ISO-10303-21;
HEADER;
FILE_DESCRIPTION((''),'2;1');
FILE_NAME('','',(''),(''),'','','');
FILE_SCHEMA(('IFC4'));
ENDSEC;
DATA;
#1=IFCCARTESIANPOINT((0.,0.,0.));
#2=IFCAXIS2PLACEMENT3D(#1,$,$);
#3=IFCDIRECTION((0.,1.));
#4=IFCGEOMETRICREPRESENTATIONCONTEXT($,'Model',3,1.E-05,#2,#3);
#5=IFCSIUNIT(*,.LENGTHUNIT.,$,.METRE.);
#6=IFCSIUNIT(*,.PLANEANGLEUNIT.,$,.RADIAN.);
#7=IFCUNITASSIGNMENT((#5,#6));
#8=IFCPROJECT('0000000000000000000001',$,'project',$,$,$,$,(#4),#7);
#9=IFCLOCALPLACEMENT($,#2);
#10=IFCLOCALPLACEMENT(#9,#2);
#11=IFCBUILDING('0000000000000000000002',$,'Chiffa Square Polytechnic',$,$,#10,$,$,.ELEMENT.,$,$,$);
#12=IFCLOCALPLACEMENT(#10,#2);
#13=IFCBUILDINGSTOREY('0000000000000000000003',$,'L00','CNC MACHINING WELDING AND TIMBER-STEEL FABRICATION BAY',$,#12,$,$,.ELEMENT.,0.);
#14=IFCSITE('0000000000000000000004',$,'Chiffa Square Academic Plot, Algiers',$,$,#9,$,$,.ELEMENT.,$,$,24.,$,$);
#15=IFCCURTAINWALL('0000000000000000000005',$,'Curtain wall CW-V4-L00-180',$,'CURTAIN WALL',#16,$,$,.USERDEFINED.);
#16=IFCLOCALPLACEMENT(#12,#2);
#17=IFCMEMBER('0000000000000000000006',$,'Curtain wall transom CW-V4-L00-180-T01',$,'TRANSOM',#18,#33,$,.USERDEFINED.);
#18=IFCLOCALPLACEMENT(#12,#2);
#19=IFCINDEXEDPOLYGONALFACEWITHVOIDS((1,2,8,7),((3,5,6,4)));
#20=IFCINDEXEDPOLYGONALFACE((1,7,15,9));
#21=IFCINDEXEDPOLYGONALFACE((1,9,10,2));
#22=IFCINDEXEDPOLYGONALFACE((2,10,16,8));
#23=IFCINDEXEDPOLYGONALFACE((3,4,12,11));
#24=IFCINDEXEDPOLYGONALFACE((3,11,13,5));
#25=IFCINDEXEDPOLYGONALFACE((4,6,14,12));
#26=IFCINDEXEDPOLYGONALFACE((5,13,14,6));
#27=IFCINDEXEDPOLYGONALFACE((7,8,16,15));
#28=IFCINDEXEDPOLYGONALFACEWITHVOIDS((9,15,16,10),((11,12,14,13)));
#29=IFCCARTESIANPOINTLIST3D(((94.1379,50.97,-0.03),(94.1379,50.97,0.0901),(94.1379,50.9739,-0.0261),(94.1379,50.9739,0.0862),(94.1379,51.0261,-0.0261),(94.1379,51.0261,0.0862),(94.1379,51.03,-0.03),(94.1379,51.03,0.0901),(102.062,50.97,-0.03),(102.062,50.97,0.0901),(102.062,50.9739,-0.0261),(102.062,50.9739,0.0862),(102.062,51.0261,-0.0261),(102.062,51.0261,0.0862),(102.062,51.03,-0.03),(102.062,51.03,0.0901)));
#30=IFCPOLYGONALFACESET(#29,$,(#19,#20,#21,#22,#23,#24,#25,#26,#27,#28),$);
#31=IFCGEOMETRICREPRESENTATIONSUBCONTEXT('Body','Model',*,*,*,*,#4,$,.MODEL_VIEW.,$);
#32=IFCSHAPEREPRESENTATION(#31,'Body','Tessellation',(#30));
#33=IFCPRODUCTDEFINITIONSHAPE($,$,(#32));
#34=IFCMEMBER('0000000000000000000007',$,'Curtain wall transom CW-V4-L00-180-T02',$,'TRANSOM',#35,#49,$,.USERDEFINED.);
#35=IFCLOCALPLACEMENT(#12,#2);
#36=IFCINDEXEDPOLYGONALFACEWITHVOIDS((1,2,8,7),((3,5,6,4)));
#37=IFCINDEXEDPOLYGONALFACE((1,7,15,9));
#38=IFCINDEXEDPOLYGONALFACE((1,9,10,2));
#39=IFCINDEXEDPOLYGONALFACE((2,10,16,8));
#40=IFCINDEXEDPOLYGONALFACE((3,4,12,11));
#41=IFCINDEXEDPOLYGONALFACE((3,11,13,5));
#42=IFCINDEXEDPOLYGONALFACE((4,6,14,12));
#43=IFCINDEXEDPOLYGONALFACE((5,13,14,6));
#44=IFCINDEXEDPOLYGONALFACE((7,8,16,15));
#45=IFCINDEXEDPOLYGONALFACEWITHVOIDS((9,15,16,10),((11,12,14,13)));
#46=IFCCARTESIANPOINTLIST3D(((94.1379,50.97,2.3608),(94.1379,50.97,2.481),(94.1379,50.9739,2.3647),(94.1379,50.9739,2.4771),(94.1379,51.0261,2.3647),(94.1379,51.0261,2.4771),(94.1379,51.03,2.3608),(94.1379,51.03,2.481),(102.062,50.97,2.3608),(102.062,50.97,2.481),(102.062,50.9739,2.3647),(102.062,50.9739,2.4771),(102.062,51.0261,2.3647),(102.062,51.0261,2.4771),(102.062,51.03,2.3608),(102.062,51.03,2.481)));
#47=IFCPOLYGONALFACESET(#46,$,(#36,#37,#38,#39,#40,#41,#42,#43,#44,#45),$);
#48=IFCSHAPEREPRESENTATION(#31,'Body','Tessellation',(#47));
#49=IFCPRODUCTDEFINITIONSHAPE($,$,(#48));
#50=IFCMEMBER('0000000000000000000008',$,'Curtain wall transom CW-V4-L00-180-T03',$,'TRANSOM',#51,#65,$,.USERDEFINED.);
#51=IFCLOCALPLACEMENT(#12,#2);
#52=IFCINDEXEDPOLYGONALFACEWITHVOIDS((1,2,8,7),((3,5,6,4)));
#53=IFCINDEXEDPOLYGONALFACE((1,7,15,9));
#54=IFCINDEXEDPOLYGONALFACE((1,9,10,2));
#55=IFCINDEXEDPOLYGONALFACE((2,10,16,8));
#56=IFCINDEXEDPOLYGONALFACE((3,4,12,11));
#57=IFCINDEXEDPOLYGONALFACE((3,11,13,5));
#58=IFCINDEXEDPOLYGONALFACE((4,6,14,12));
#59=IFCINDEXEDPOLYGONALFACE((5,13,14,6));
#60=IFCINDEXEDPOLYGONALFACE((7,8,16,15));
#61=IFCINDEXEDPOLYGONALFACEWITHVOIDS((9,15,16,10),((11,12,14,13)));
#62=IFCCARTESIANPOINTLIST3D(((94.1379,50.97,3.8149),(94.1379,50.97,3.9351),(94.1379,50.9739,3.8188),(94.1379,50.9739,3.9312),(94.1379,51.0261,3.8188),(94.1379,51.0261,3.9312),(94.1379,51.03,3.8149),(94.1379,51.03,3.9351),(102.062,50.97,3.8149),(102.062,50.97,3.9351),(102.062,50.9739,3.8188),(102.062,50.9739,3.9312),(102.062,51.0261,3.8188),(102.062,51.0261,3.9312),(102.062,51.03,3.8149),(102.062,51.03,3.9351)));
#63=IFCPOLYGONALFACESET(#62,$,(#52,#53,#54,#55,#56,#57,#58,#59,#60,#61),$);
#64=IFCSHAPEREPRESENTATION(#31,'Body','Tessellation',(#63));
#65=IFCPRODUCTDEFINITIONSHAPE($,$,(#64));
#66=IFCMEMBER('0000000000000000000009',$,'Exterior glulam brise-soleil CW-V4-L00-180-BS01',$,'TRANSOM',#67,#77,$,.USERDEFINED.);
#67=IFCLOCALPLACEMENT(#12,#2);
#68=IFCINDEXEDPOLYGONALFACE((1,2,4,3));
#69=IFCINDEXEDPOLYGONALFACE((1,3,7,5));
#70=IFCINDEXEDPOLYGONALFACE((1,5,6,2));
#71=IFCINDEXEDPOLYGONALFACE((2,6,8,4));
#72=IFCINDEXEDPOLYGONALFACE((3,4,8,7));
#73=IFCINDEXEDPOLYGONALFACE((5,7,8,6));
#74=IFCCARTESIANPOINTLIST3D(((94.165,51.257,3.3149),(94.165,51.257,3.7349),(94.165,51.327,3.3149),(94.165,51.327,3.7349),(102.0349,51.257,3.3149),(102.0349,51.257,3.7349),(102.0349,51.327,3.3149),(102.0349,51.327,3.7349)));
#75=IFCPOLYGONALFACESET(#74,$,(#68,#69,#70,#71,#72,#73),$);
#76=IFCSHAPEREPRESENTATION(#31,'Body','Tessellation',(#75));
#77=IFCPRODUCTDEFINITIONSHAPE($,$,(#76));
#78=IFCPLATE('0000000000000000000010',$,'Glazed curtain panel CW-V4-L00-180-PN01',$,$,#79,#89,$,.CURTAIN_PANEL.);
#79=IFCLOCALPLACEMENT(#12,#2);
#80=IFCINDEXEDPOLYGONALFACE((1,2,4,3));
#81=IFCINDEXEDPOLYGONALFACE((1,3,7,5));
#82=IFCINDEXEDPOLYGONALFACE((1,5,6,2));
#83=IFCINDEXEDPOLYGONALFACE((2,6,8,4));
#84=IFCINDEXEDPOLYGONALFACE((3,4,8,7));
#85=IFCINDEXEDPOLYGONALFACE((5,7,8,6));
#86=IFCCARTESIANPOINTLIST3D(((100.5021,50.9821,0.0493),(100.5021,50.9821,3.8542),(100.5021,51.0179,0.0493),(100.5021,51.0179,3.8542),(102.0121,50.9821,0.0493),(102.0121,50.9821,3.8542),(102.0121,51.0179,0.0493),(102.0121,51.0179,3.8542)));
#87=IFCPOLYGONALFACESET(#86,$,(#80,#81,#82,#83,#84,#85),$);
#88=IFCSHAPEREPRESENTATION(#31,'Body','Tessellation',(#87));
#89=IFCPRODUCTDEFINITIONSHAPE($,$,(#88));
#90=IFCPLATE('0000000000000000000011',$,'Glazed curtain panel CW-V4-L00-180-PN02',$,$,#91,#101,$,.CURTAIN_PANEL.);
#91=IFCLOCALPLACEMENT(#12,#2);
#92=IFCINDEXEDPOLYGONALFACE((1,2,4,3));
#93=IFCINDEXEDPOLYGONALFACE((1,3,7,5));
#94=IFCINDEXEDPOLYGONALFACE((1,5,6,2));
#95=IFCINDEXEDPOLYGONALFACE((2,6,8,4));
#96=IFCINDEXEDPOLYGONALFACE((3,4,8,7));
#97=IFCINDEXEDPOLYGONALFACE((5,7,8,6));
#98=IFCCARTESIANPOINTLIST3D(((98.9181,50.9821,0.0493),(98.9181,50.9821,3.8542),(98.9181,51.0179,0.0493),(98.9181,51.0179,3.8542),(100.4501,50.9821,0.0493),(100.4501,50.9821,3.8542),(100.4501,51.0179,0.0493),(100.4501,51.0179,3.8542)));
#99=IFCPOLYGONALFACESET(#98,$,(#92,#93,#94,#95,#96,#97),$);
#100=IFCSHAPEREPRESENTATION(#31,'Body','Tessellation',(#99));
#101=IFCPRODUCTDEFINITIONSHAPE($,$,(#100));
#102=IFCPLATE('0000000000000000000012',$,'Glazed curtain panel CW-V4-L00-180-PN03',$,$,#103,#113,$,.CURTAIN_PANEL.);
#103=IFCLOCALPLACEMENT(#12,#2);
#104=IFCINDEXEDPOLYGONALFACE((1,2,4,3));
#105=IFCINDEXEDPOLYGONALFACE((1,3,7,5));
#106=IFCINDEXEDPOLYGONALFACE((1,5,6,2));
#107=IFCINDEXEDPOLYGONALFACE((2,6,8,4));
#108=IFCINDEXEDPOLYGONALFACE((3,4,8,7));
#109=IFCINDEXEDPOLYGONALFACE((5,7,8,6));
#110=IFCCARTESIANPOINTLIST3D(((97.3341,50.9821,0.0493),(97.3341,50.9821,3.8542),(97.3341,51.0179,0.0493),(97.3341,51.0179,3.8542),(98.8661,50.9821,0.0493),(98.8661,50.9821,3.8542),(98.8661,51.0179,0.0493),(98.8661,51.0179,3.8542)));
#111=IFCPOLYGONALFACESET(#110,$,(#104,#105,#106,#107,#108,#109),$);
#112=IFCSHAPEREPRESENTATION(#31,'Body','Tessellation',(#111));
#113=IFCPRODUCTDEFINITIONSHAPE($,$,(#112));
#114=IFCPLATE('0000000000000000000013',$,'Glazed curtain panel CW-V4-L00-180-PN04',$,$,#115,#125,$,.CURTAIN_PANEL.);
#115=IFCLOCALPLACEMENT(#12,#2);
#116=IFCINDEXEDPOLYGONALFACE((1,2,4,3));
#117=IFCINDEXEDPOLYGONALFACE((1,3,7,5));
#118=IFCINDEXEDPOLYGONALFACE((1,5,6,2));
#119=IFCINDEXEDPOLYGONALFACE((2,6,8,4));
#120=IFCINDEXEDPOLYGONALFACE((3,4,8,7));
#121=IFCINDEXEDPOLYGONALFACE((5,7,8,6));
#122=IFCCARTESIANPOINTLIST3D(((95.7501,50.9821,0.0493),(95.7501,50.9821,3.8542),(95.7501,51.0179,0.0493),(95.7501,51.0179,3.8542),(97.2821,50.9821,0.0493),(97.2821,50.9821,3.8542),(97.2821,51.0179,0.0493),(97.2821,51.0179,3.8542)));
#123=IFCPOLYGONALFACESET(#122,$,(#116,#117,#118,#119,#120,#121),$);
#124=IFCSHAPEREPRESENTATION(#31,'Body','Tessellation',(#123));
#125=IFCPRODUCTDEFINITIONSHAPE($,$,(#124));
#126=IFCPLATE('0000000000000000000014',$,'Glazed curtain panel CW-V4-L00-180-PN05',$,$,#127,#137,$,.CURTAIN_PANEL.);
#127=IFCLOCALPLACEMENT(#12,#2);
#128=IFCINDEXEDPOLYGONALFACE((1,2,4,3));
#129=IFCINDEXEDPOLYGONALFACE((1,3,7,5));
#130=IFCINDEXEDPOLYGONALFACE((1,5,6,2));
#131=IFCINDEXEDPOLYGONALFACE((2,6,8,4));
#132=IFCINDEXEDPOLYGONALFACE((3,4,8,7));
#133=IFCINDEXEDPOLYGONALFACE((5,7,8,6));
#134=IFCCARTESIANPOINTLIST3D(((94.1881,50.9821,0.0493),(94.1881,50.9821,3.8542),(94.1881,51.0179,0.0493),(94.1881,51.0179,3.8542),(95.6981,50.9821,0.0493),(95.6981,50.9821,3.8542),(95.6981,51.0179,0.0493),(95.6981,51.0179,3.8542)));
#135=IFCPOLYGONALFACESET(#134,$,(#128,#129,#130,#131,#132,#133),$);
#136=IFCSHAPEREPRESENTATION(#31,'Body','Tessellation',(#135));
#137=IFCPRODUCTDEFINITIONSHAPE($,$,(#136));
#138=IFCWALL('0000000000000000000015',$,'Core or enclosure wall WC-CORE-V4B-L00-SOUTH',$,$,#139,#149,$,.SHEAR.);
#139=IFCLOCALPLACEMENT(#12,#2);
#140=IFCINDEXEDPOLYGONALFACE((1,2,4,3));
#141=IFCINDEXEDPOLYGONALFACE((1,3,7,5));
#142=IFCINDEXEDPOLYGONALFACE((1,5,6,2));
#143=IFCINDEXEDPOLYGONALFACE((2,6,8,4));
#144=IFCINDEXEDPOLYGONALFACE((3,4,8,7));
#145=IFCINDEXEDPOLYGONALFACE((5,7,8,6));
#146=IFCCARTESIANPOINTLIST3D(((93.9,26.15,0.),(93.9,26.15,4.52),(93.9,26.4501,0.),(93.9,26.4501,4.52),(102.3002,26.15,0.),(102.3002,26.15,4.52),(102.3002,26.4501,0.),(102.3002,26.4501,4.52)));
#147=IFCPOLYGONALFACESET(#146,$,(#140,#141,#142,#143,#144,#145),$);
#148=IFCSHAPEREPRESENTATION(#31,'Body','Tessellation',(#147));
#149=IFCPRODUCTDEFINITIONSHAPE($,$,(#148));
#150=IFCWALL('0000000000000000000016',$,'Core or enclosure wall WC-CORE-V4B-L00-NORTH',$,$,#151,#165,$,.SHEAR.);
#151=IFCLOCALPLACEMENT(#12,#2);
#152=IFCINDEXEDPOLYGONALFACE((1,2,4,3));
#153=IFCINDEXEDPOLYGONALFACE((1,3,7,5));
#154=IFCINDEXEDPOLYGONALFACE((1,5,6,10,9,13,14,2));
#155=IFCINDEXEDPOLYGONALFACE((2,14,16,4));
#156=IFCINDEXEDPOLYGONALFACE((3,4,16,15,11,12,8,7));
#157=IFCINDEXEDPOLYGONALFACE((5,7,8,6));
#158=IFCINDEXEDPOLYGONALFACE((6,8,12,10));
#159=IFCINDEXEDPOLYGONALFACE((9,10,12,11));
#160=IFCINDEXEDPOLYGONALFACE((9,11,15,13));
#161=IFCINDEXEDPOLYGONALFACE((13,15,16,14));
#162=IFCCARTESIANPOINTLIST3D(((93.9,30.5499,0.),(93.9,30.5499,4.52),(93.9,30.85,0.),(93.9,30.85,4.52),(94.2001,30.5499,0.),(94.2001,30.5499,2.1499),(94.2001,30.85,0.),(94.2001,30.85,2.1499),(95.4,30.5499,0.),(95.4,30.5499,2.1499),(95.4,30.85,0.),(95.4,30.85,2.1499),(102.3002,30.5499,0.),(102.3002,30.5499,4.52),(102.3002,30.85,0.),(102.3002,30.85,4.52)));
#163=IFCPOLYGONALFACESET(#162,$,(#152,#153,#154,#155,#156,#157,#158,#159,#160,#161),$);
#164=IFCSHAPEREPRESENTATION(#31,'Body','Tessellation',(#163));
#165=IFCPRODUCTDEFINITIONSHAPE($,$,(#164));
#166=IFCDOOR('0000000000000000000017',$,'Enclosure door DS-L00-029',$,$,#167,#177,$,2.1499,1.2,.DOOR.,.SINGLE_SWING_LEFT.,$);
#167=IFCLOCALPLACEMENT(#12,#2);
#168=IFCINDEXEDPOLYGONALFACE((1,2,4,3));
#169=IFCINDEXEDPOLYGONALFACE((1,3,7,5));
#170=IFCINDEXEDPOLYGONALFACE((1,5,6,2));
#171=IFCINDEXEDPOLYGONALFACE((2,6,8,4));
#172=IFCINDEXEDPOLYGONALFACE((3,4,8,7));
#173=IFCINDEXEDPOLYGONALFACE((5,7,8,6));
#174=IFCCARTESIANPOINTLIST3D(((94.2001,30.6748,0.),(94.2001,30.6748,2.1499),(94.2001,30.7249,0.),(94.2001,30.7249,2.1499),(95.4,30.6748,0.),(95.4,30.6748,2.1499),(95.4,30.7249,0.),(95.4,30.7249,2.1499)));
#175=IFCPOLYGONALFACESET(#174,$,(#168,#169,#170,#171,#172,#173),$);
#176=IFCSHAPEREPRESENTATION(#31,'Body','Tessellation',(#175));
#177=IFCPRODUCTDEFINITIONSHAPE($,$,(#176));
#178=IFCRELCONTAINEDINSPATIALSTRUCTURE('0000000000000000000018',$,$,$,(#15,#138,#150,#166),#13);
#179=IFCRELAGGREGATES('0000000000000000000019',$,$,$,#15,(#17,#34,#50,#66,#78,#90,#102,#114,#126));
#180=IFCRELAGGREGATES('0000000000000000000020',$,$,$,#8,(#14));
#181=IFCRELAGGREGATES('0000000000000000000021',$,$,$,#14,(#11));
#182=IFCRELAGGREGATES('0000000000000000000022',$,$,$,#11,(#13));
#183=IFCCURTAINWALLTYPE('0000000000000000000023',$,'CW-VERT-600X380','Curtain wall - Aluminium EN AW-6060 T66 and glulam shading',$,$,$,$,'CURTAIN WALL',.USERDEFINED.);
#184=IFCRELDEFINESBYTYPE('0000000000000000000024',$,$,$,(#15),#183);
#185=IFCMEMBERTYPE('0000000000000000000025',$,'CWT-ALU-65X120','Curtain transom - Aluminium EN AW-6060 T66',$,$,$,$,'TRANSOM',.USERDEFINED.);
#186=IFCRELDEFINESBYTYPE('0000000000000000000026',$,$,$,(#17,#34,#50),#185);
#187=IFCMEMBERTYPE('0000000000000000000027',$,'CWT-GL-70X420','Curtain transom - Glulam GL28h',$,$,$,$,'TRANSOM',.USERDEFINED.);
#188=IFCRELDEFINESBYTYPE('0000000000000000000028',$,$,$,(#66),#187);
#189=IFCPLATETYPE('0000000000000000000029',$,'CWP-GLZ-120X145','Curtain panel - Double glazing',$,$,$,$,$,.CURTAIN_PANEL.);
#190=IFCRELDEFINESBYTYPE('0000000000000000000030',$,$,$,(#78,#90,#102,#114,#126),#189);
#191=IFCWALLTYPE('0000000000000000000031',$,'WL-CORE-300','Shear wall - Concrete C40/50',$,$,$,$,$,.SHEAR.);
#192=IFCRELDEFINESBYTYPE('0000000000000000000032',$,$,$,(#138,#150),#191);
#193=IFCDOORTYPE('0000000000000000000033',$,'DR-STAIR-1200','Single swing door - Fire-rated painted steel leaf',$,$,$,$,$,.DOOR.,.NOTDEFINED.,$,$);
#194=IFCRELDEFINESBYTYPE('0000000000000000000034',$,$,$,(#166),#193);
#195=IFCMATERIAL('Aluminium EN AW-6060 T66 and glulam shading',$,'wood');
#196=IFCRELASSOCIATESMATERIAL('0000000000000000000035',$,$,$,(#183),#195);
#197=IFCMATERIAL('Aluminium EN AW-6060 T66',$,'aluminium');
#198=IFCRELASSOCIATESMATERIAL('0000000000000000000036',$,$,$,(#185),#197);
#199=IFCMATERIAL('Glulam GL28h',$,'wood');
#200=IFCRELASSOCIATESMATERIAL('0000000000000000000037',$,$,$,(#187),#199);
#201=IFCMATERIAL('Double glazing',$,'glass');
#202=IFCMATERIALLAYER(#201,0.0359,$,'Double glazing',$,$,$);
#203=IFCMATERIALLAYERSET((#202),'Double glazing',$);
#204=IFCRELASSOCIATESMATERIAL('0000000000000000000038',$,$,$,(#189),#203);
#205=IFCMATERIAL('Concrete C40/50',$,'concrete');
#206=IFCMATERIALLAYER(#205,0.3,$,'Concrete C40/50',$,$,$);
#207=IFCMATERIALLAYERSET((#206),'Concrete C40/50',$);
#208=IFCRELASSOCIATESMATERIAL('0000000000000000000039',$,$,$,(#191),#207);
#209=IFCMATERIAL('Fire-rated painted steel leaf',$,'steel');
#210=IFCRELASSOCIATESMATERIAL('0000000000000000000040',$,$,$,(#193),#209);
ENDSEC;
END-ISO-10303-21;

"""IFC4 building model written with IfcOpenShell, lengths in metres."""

from ifc_helpers import new_model, si_unit, direction, frame, frame_2d, origin, origin_2d, place, context, subcontext, project, spatial, rectangle, hollow_rectangle, extrude, material, layer, layer_set, material_profile, profile_set, type_object, element, fill, aggregate, save


model = new_model("IFC4")

# Units and contexts
model_context = context("Model", 3, precision=1e-05, world=origin(), true_north=direction((0.0, 1.0)))
body_context = subcontext(model_context, "Body", "Model", "MODEL_VIEW")
ifc_project = project(units=[si_unit("LENGTHUNIT", "METRE"), si_unit("PLANEANGLEUNIT", "RADIAN")], contexts=[model_context])

# Site, building, storey
site_placement = place(None, origin())
site = spatial("IfcSite", under=ifc_project, at=site_placement, Name="Chiffa Square Academic Plot, Algiers", CompositionType="ELEMENT", RefElevation=24.0)
building_placement = place(site_placement, origin())
building = spatial("IfcBuilding", under=site, at=building_placement, Name="Chiffa Square Polytechnic", CompositionType="ELEMENT")
storey_placement = place(building_placement, origin())
storey = spatial("IfcBuildingStorey", under=building, at=storey_placement, Name="L00", Description="CNC MACHINING WELDING AND TIMBER-STEEL FABRICATION BAY", CompositionType="ELEMENT", Elevation=0.0)

# Curtain wall, members, plates
ifc_material_1 = material(Name="Aluminium EN AW-6060 T66 and glulam shading", Category="wood")
curtain_wall_type = type_object("IfcCurtainWallType", Name="CW-VERT-600X380", Description="Curtain wall - Aluminium EN AW-6060 T66 and glulam shading", ElementType="CURTAIN WALL", PredefinedType="USERDEFINED", material=ifc_material_1)
curtain_wall_placement = place(storey_placement, origin())
curtain_wall = element("IfcCurtainWall", 1, at=curtain_wall_placement, inside=storey, type_object=curtain_wall_type, Name="Curtain wall CW-V4-L00-180", ObjectType="CURTAIN WALL", PredefinedType="USERDEFINED")
ifc_material_2 = material(Name="Aluminium EN AW-6060 T66", Category="aluminium")
ifc_material_3 = material(Name="Glulam GL28h", Category="wood")
ifc_material_profile_1 = material_profile(ifc_material_2, hollow_rectangle(XDim=0.0601, YDim=0.1201, WallThickness=0.0039, at=origin_2d()), Name="ALU 60x120x4")
ifc_profile_set_1 = profile_set([ifc_material_profile_1], Name="Aluminium EN AW-6060 T66")
member_type_1 = type_object("IfcMemberType", Name="CWT-ALU-65X120", Description="Curtain transom - Aluminium EN AW-6060 T66", ElementType="TRANSOM", PredefinedType="USERDEFINED", material=ifc_profile_set_1)
member_1_placement = place(storey_placement, frame((102.062, 51.0, 0.03), z_axis=(-1.0, 0.0, 0.0), x_axis=(0.0, -1.0, 0.0)))
member_1 = element("IfcMember", 2, at=member_1_placement, type_object=member_type_1, Name="Curtain wall transom CW-V4-L00-180-T01", ObjectType="TRANSOM", PredefinedType="USERDEFINED", context=body_context, shape_type="SweptSolid", body=[
    extrude(hollow_rectangle(XDim=0.0601, YDim=0.1201, WallThickness=0.0039, at=origin_2d()), origin(), (0.0, 0.0, 1.0), 7.9241),
])
member_2_placement = place(storey_placement, frame((102.062, 51.0, 2.4209), z_axis=(-1.0, 0.0, 0.0), x_axis=(0.0, -1.0, 0.0)))
member_2 = element("IfcMember", 3, at=member_2_placement, type_object=member_type_1, Name="Curtain wall transom CW-V4-L00-180-T02", ObjectType="TRANSOM", PredefinedType="USERDEFINED", context=body_context, shape_type="SweptSolid", body=[
    extrude(hollow_rectangle(XDim=0.0601, YDim=0.1201, WallThickness=0.0039, at=origin_2d()), origin(), (0.0, 0.0, 1.0), 7.9241),
])
member_3_placement = place(storey_placement, frame((102.062, 51.0, 3.875), z_axis=(-1.0, 0.0, 0.0), x_axis=(0.0, -1.0, 0.0)))
member_3 = element("IfcMember", 4, at=member_3_placement, type_object=member_type_1, Name="Curtain wall transom CW-V4-L00-180-T03", ObjectType="TRANSOM", PredefinedType="USERDEFINED", context=body_context, shape_type="SweptSolid", body=[
    extrude(hollow_rectangle(XDim=0.0601, YDim=0.1201, WallThickness=0.0039, at=origin_2d()), origin(), (0.0, 0.0, 1.0), 7.9241),
])
ifc_material_profile_2 = material_profile(ifc_material_3, rectangle(XDim=0.0701, YDim=0.4199, at=origin_2d()), Name="GL28h 70x420")
ifc_profile_set_2 = profile_set([ifc_material_profile_2], Name="Glulam GL28h")
member_type_2 = type_object("IfcMemberType", Name="CWT-GL-70X420", Description="Curtain transom - Glulam GL28h", ElementType="TRANSOM", PredefinedType="USERDEFINED", material=ifc_profile_set_2)
member_4_placement = place(storey_placement, frame((102.0349, 51.292, 3.5249), z_axis=(-1.0, 0.0, 0.0), x_axis=(0.0, -1.0, 0.0)))
member_4 = element("IfcMember", 5, at=member_4_placement, type_object=member_type_2, Name="Exterior glulam brise-soleil CW-V4-L00-180-BS01", ObjectType="TRANSOM", PredefinedType="USERDEFINED", context=body_context, shape_type="SweptSolid", body=[
    extrude(rectangle(XDim=0.0701, YDim=0.4199, at=origin_2d()), origin(), (0.0, 0.0, 1.0), 7.8699),
])
ifc_material_4 = material(Name="Double glazing", Category="glass")
ifc_layer_1 = layer(ifc_material_4, 0.0359, Name="Double glazing")
ifc_layer_set_1 = layer_set([ifc_layer_1], Name="Double glazing")
plate_type = type_object("IfcPlateType", Name="CWP-GLZ-120X145", Description="Curtain panel - Double glazing", PredefinedType="CURTAIN_PANEL", material=ifc_layer_set_1)
plate_1_placement = place(storey_placement, frame((101.2571, 51.0, 0.0493), z_axis=(0.0, 0.0, 1.0), x_axis=(-1.0, 0.0, 0.0)))
plate_1 = element("IfcPlate", 6, at=plate_1_placement, type_object=plate_type, Name="Glazed curtain panel CW-V4-L00-180-PN01", PredefinedType="CURTAIN_PANEL", context=body_context, shape_type="SweptSolid", body=[
    extrude(rectangle(XDim=1.51, YDim=0.0359, at=origin_2d()), origin(), (0.0, 0.0, 1.0), 3.8049),
])
plate_2_placement = place(storey_placement, frame((99.6841, 51.0, 0.0493), z_axis=(0.0, 0.0, 1.0), x_axis=(-1.0, 0.0, 0.0)))
plate_2 = element("IfcPlate", 7, at=plate_2_placement, type_object=plate_type, Name="Glazed curtain panel CW-V4-L00-180-PN02", PredefinedType="CURTAIN_PANEL", context=body_context, shape_type="SweptSolid", body=[
    extrude(rectangle(XDim=1.532, YDim=0.0359, at=origin_2d()), origin(), (0.0, 0.0, 1.0), 3.8049),
])
plate_3_placement = place(storey_placement, frame((98.1001, 51.0, 0.0493), z_axis=(0.0, 0.0, 1.0), x_axis=(-1.0, 0.0, 0.0)))
plate_3 = element("IfcPlate", 8, at=plate_3_placement, type_object=plate_type, Name="Glazed curtain panel CW-V4-L00-180-PN03", PredefinedType="CURTAIN_PANEL", context=body_context, shape_type="SweptSolid", body=[
    extrude(rectangle(XDim=1.532, YDim=0.0359, at=origin_2d()), origin(), (0.0, 0.0, 1.0), 3.8049),
])
plate_4_placement = place(storey_placement, frame((96.5161, 51.0, 0.0493), z_axis=(0.0, 0.0, 1.0), x_axis=(-1.0, 0.0, 0.0)))
plate_4 = element("IfcPlate", 9, at=plate_4_placement, type_object=plate_type, Name="Glazed curtain panel CW-V4-L00-180-PN04", PredefinedType="CURTAIN_PANEL", context=body_context, shape_type="SweptSolid", body=[
    extrude(rectangle(XDim=1.532, YDim=0.0359, at=origin_2d()), origin(), (0.0, 0.0, 1.0), 3.8049),
])
plate_5_placement = place(storey_placement, frame((94.9431, 51.0, 0.0493), z_axis=(0.0, 0.0, 1.0), x_axis=(-1.0, 0.0, 0.0)))
plate_5 = element("IfcPlate", 10, at=plate_5_placement, type_object=plate_type, Name="Glazed curtain panel CW-V4-L00-180-PN05", PredefinedType="CURTAIN_PANEL", context=body_context, shape_type="SweptSolid", body=[
    extrude(rectangle(XDim=1.51, YDim=0.0359, at=origin_2d()), origin(), (0.0, 0.0, 1.0), 3.8049),
])
aggregate(curtain_wall, [member_1, member_2, member_3, member_4, plate_1, plate_2, plate_3, plate_4, plate_5])

# Wall
ifc_material_5 = material(Name="Concrete C40/50", Category="concrete")
ifc_layer_2 = layer(ifc_material_5, 0.3, Name="Concrete C40/50")
ifc_layer_set_2 = layer_set([ifc_layer_2], Name="Concrete C40/50")
wall_type_1 = type_object("IfcWallType", Name="WL-CORE-300", Description="Shear wall - Concrete C40/50", PredefinedType="SHEAR", material=ifc_layer_set_2)
wall_1_placement = place(storey_placement, frame((93.8999, 26.3, 0.0), z_axis=(0.0, 0.0, 1.0), x_axis=(1.0, 0.0, 0.0)))
element("IfcWall", 11, at=wall_1_placement, inside=storey, type_object=wall_type_1, Name="Core or enclosure wall WC-CORE-V4B-L00-SOUTH", PredefinedType="SHEAR", context=body_context, shape_type="SweptSolid", body=[
    extrude(rectangle(XDim=8.4001, YDim=0.3, at=frame_2d((4.2002, 0.0))), origin(), (0.0, 0.0, 1.0), 4.52),
])

# Wall, opening, door
wall_2_placement = place(storey_placement, frame((93.8999, 30.7, 0.0), z_axis=(0.0, 0.0, 1.0), x_axis=(1.0, 0.0, 0.0)))
wall_2 = element("IfcWall", 12, at=wall_2_placement, inside=storey, type_object=wall_type_1, Name="Core or enclosure wall WC-CORE-V4B-L00-NORTH", PredefinedType="SHEAR", context=body_context, shape_type="SweptSolid", body=[
    extrude(rectangle(XDim=8.4001, YDim=0.3, at=frame_2d((4.2002, 0.0))), origin(), (0.0, 0.0, 1.0), 4.52),
])
opening_placement = place(wall_2_placement, frame((0.3, 0.0, 0.0)))
opening = element("IfcOpeningElement", 13, at=opening_placement, cuts=wall_2, PredefinedType="OPENING", context=body_context, shape_type="SweptSolid", body=[
    extrude(rectangle(XDim=1.2, YDim=2.1499, at=frame_2d((0.6001, 1.075))), frame((0.0, 0.1602, 0.0), z_axis=(0.0, -1.0, 0.0), x_axis=(1.0, 0.0, 0.0)), (0.0, 0.0, 1.0), 0.3201),
])
ifc_material_6 = material(Name="Fire-rated painted steel leaf", Category="steel")
door_type = type_object("IfcDoorType", Name="DR-STAIR-1200", Description="Single swing door - Fire-rated painted steel leaf", OperationType="NOTDEFINED", PredefinedType="DOOR", material=ifc_material_6)
door_placement = place(opening_placement, origin())
door = element("IfcDoor", 14, at=door_placement, inside=storey, type_object=door_type, Name="Enclosure door DS-L00-029", OperationType="SINGLE_SWING_LEFT", OverallHeight=2.1499, OverallWidth=1.2, PredefinedType="DOOR", context=body_context, shape_type="SweptSolid", body=[
    extrude(rectangle(XDim=1.2, YDim=2.1499, at=frame_2d((0.6001, 1.075))), frame((0.0, 0.0249, 0.0), z_axis=(0.0, -1.0, 0.0), x_axis=(1.0, 0.0, 0.0)), (0.0, 0.0, 1.0), 0.05),
])
fill(opening, door)

save(model, "model.ifc")
